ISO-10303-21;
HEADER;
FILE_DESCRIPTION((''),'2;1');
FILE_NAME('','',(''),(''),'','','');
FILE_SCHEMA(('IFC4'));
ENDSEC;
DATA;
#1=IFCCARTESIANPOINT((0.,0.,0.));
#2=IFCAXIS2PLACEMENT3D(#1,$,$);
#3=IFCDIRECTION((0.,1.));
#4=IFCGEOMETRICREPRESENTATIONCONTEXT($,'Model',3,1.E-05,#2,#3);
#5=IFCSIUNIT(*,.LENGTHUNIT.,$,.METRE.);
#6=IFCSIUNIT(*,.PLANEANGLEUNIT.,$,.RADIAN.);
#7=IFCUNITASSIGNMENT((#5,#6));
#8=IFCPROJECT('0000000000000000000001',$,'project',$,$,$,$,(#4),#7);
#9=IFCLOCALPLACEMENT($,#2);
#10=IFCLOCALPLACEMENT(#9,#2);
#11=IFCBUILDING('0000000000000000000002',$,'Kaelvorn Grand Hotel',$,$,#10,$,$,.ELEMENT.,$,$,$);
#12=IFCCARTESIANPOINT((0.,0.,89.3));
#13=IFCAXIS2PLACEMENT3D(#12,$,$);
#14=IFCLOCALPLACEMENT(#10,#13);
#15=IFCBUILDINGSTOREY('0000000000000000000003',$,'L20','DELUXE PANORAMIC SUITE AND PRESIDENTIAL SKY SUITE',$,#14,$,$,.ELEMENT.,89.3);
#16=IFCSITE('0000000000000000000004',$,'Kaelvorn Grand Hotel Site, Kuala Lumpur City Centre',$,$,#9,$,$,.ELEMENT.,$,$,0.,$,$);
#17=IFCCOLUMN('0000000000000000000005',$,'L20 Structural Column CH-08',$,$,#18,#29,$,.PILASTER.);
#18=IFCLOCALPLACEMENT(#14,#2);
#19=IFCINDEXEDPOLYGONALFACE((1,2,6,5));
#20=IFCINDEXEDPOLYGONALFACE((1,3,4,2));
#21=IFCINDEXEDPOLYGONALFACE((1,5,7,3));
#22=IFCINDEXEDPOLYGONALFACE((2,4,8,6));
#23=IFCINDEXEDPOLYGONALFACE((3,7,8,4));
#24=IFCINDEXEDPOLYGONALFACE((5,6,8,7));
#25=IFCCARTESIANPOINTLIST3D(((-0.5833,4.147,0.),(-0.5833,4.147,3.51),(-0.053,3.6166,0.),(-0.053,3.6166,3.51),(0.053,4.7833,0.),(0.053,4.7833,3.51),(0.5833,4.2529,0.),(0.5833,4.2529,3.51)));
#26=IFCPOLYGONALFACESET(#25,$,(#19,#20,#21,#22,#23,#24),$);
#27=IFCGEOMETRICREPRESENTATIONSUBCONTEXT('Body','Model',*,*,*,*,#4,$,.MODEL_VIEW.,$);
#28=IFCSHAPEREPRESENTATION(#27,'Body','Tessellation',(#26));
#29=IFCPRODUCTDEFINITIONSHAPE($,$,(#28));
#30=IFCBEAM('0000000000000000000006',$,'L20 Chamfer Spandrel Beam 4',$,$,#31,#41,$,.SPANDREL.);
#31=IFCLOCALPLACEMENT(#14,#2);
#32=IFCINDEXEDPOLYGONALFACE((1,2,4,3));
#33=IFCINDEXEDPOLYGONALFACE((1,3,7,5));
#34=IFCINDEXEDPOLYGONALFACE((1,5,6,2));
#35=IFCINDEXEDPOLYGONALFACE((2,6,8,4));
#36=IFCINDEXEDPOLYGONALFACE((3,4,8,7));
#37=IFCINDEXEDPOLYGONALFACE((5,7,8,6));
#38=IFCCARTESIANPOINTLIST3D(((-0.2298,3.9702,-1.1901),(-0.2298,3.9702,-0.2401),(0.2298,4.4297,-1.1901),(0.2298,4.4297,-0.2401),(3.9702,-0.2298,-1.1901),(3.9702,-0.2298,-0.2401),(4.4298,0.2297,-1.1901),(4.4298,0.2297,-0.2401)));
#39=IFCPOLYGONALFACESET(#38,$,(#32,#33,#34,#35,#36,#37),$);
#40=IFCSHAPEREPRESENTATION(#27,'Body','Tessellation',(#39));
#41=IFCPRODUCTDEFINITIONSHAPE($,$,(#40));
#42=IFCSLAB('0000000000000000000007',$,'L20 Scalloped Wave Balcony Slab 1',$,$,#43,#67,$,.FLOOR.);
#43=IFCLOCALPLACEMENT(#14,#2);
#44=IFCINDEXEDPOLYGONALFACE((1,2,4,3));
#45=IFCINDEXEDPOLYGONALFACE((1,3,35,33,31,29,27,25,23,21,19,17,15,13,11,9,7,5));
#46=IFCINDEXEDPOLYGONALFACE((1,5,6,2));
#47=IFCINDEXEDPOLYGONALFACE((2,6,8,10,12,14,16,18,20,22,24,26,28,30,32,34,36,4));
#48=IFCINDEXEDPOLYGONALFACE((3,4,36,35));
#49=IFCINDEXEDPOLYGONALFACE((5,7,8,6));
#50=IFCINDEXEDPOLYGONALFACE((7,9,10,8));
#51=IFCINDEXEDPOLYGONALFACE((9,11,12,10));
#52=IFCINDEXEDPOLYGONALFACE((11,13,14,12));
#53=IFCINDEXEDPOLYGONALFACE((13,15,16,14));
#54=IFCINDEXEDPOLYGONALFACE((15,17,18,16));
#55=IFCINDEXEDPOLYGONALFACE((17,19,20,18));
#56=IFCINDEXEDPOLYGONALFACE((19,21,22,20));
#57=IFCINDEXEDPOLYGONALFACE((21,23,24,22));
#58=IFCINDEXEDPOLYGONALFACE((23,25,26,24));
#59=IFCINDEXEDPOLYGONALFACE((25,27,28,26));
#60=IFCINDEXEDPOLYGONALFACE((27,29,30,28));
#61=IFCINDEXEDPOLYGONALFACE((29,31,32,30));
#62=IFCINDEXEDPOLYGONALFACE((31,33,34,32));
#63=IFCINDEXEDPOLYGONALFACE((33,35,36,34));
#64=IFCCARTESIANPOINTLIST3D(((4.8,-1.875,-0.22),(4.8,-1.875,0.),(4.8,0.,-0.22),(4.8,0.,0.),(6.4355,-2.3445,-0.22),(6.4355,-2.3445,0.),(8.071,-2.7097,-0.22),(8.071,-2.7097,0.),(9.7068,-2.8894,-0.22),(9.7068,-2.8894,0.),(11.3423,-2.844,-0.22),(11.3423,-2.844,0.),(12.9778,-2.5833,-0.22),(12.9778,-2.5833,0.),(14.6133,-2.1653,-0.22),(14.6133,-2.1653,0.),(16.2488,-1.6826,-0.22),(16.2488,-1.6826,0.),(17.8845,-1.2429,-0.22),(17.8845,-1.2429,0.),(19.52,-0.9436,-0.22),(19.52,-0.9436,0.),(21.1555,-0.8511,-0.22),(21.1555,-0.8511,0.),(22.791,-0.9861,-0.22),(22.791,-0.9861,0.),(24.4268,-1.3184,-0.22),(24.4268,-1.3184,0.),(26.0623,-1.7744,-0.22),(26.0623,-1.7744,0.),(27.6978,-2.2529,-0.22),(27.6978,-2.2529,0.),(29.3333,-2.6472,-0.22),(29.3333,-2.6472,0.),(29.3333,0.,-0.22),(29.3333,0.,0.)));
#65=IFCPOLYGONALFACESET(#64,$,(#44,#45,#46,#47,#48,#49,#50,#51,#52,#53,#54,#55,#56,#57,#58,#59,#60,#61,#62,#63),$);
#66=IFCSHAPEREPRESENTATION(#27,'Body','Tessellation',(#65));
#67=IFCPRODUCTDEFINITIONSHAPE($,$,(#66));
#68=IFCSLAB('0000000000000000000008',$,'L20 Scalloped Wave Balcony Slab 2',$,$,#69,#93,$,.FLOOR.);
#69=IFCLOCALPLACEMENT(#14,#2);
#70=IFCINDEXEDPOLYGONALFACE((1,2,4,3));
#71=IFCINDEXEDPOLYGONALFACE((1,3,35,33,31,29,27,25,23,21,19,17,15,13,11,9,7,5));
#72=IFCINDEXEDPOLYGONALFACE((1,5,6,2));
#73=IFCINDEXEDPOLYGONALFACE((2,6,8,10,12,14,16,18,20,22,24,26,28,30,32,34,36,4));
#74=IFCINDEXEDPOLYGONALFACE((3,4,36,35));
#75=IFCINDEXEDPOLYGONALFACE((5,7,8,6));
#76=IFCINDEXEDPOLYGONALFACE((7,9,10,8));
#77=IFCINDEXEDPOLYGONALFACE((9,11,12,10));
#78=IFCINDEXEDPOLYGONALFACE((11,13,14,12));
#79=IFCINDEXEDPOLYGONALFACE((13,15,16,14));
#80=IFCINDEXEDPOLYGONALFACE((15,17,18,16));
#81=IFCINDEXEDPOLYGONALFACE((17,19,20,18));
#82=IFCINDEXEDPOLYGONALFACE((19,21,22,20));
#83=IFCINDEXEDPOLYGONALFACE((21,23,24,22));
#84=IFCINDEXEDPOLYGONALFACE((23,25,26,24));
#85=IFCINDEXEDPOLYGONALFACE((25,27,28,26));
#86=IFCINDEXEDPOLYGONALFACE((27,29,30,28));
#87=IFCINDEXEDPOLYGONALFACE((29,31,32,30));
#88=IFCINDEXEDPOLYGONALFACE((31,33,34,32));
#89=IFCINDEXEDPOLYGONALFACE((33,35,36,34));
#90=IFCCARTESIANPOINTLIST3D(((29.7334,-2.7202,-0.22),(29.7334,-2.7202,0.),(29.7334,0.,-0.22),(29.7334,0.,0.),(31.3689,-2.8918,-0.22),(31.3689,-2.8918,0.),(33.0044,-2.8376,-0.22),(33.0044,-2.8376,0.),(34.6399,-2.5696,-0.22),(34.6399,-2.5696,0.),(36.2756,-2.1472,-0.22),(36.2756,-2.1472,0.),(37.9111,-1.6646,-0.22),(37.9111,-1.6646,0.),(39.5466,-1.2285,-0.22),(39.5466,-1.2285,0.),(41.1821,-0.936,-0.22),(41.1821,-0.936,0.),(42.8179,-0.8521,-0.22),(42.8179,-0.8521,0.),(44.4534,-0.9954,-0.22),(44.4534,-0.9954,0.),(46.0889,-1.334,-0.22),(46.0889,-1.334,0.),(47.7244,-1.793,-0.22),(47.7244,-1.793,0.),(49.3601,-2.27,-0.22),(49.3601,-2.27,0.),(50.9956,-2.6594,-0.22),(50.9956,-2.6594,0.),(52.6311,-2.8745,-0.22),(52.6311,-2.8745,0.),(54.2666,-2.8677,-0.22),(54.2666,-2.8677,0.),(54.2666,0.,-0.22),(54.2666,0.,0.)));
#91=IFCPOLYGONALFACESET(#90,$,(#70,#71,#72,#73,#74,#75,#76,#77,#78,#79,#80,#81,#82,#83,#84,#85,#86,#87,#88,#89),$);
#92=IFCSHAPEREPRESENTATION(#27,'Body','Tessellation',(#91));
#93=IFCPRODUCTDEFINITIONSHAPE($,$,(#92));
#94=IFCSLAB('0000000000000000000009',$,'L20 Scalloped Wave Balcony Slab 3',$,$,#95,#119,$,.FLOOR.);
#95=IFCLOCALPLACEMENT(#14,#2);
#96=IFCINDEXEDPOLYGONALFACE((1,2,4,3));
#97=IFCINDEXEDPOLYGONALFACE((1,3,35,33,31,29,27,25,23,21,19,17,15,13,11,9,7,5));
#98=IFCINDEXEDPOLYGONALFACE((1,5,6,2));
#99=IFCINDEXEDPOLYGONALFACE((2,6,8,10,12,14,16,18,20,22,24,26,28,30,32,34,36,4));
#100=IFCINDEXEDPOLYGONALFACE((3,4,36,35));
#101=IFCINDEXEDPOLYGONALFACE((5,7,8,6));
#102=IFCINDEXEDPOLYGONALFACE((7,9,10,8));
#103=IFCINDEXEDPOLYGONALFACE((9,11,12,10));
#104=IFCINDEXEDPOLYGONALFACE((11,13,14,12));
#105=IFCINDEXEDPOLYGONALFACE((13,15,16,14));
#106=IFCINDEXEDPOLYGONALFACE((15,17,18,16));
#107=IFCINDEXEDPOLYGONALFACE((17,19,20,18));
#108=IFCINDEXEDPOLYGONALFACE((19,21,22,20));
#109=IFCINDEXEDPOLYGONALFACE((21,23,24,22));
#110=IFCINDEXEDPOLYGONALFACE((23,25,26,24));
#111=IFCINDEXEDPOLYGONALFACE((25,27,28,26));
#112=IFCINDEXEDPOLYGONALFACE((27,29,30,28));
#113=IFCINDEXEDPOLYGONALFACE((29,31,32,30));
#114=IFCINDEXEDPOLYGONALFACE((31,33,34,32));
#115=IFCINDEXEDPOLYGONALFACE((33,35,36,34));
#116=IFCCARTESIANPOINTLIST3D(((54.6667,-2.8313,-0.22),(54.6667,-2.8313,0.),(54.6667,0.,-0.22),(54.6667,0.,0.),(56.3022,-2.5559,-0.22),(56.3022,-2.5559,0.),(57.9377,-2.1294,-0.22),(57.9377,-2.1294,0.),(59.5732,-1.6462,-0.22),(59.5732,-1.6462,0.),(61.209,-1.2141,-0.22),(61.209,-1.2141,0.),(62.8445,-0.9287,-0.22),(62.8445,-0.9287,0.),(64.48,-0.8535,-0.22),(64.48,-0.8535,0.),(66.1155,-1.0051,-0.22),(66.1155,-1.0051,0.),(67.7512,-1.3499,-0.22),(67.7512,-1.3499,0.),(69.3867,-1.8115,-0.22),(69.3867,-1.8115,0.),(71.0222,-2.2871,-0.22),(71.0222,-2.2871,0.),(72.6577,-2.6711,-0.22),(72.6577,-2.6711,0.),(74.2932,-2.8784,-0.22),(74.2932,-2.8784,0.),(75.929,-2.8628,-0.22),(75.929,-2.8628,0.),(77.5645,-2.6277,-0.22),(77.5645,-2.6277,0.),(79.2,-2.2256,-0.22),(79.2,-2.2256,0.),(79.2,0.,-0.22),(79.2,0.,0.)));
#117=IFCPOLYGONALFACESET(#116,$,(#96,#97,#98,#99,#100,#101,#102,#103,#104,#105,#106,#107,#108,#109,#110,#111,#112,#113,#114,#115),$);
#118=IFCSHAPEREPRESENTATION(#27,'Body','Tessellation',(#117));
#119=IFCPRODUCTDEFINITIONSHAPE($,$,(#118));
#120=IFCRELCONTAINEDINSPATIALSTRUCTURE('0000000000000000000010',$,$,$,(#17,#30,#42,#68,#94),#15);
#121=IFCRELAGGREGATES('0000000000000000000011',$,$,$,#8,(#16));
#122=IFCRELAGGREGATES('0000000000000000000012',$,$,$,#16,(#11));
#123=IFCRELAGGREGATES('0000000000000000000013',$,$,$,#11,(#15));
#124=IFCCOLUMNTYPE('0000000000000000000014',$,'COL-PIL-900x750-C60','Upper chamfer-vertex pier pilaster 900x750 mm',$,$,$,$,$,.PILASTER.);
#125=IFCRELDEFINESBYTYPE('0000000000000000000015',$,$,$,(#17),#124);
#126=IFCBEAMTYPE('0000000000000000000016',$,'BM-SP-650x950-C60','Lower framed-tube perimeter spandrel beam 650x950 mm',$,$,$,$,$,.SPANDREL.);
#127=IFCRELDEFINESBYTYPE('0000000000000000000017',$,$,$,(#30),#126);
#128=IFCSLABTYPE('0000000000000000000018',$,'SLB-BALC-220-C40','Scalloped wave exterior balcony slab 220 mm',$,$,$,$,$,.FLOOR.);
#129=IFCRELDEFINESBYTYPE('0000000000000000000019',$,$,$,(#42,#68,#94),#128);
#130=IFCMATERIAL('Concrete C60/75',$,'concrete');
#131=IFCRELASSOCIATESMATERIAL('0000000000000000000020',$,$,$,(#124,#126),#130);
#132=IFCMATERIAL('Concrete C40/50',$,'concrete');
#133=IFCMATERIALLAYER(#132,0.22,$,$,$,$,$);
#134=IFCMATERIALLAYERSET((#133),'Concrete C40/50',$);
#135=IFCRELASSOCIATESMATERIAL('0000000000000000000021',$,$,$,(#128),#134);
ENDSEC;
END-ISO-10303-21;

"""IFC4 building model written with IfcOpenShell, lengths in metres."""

from ifc_helpers import new_model, si_unit, direction, frame, origin, origin_2d, place, context, subcontext, project, spatial, polyline, rectangle, outline, extrude, material, layer, layer_set, material_profile, profile_set, type_object, element, save


model = new_model("IFC4")

# Units and contexts
model_context = context("Model", 3, precision=1e-05, world=origin(), true_north=direction((0.0, 1.0)))
body_context = subcontext(model_context, "Body", "Model", "MODEL_VIEW")
ifc_project = project(units=[si_unit("LENGTHUNIT", "METRE"), si_unit("PLANEANGLEUNIT", "RADIAN")], contexts=[model_context])

# Site, building, storey
site_placement = place(None, origin())
site = spatial("IfcSite", under=ifc_project, at=site_placement, Name="Kaelvorn Grand Hotel Site, Kuala Lumpur City Centre", CompositionType="ELEMENT", RefElevation=0.0)
building_placement = place(site_placement, origin())
building = spatial("IfcBuilding", under=site, at=building_placement, Name="Kaelvorn Grand Hotel", CompositionType="ELEMENT")
storey_placement = place(building_placement, frame((0.0, 0.0, 89.3)))
storey = spatial("IfcBuildingStorey", under=building, at=storey_placement, Name="L20", Description="DELUXE PANORAMIC SUITE AND PRESIDENTIAL SKY SUITE", CompositionType="ELEMENT", Elevation=89.3)

# Column
ifc_material_1 = material(Name="Concrete C60/75", Category="concrete")
ifc_material_profile_1 = material_profile(ifc_material_1, rectangle(XDim=0.8999, YDim=0.75, at=origin_2d()), Name="RC PILASTER 900x750")
ifc_profile_set_1 = profile_set([ifc_material_profile_1], Name="Concrete C60/75")
column_type = type_object("IfcColumnType", Name="COL-PIL-900x750-C60", Description="Upper chamfer-vertex pier pilaster 900x750 mm", PredefinedType="PILASTER", material=ifc_profile_set_1)
column_placement = place(storey_placement, frame((0.0, 4.2, 0.0), z_axis=(0.0, 0.0, 1.0), x_axis=(0.707107, 0.707107, 0.0)))
element("IfcColumn", 1, at=column_placement, inside=storey, type_object=column_type, Name="L20 Structural Column CH-08", PredefinedType="PILASTER", context=body_context, shape_type="SweptSolid", body=[
    extrude(rectangle(XDim=0.8999, YDim=0.75, at=origin_2d()), origin(), (0.0, 0.0, 1.0), 3.51),
])

# Beam
ifc_material_profile_2 = material_profile(ifc_material_1, rectangle(XDim=0.6499, YDim=0.95, at=origin_2d()), Name="RC SPANDREL 650x950")
ifc_profile_set_2 = profile_set([ifc_material_profile_2], Name="Concrete C60/75")
beam_type = type_object("IfcBeamType", Name="BM-SP-650x950-C60", Description="Lower framed-tube perimeter spandrel beam 650x950 mm", PredefinedType="SPANDREL", material=ifc_profile_set_2)
beam_placement = place(storey_placement, frame((0.0, 4.2, -0.7151), z_axis=(0.707107, -0.707107, 0.0), x_axis=(0.707107, 0.707107, 0.0)))
element("IfcBeam", 2, at=beam_placement, inside=storey, type_object=beam_type, Name="L20 Chamfer Spandrel Beam 4", PredefinedType="SPANDREL", context=body_context, shape_type="SweptSolid", body=[
    extrude(rectangle(XDim=0.6499, YDim=0.95, at=origin_2d()), origin(), (0.0, 0.0, 1.0), 5.9397),
])

# Slabs
ifc_material_2 = material(Name="Concrete C40/50", Category="concrete")
ifc_layer_1 = layer(ifc_material_2, 0.22)
ifc_layer_set_1 = layer_set([ifc_layer_1], Name="Concrete C40/50")
slab_type_1 = type_object("IfcSlabType", Name="SLB-BALC-220-C40", Description="Scalloped wave exterior balcony slab 220 mm", PredefinedType="FLOOR", material=ifc_layer_set_1)
slab_1_placement = place(storey_placement, frame((0.0, 0.0, -0.22)))
element("IfcSlab", 3, at=slab_1_placement, inside=storey, type_object=slab_type_1, Name="L20 Scalloped Wave Balcony Slab 1", PredefinedType="FLOOR", context=body_context, shape_type="SweptSolid", body=[
    extrude(outline(polyline([(4.8, -1.875), (6.4355, -2.3445), (8.071, -2.7097), (9.7068, -2.8894), (11.3423, -2.844), (12.9778, -2.5833), (14.6133, -2.1653), (16.2488, -1.6826), (17.8845, -1.2429), (19.52, -0.9436), (21.1555, -0.8511), (22.791, -0.9861), (24.4268, -1.3184), (26.0623, -1.7744), (27.6978, -2.2529), (29.3333, -2.6472), (29.3333, 0.0), (4.8, 0.0), (4.8, -1.875)])), origin(), (0.0, 0.0, 1.0), 0.22),
])
slab_2_placement = place(storey_placement, frame((0.0, 0.0, -0.22)))
element("IfcSlab", 4, at=slab_2_placement, inside=storey, type_object=slab_type_1, Name="L20 Scalloped Wave Balcony Slab 2", PredefinedType="FLOOR", context=body_context, shape_type="SweptSolid", body=[
    extrude(outline(polyline([(29.7334, -2.7202), (31.3689, -2.8918), (33.0044, -2.8376), (34.6399, -2.5696), (36.2756, -2.1472), (37.9111, -1.6646), (39.5466, -1.2285), (41.1821, -0.936), (42.8179, -0.8521), (44.4534, -0.9954), (46.0889, -1.334), (47.7244, -1.793), (49.3601, -2.27), (50.9956, -2.6594), (52.6311, -2.8745), (54.2666, -2.8677), (54.2666, 0.0), (29.7334, 0.0), (29.7334, -2.7202)])), origin(), (0.0, 0.0, 1.0), 0.22),
])
slab_3_placement = place(storey_placement, frame((0.0, 0.0, -0.22)))
element("IfcSlab", 5, at=slab_3_placement, inside=storey, type_object=slab_type_1, Name="L20 Scalloped Wave Balcony Slab 3", PredefinedType="FLOOR", context=body_context, shape_type="SweptSolid", body=[
    extrude(outline(polyline([(54.6667, -2.8313), (56.3022, -2.5559), (57.9377, -2.1294), (59.5732, -1.6462), (61.209, -1.2141), (62.8445, -0.9287), (64.48, -0.8535), (66.1155, -1.0051), (67.7512, -1.3499), (69.3867, -1.8115), (71.0222, -2.2871), (72.6577, -2.6711), (74.2932, -2.8784), (75.929, -2.8628), (77.5645, -2.6277), (79.2, -2.2256), (79.2, 0.0), (54.6667, 0.0), (54.6667, -2.8313)])), origin(), (0.0, 0.0, 1.0), 0.22),
])

save(model, "model.ifc")
